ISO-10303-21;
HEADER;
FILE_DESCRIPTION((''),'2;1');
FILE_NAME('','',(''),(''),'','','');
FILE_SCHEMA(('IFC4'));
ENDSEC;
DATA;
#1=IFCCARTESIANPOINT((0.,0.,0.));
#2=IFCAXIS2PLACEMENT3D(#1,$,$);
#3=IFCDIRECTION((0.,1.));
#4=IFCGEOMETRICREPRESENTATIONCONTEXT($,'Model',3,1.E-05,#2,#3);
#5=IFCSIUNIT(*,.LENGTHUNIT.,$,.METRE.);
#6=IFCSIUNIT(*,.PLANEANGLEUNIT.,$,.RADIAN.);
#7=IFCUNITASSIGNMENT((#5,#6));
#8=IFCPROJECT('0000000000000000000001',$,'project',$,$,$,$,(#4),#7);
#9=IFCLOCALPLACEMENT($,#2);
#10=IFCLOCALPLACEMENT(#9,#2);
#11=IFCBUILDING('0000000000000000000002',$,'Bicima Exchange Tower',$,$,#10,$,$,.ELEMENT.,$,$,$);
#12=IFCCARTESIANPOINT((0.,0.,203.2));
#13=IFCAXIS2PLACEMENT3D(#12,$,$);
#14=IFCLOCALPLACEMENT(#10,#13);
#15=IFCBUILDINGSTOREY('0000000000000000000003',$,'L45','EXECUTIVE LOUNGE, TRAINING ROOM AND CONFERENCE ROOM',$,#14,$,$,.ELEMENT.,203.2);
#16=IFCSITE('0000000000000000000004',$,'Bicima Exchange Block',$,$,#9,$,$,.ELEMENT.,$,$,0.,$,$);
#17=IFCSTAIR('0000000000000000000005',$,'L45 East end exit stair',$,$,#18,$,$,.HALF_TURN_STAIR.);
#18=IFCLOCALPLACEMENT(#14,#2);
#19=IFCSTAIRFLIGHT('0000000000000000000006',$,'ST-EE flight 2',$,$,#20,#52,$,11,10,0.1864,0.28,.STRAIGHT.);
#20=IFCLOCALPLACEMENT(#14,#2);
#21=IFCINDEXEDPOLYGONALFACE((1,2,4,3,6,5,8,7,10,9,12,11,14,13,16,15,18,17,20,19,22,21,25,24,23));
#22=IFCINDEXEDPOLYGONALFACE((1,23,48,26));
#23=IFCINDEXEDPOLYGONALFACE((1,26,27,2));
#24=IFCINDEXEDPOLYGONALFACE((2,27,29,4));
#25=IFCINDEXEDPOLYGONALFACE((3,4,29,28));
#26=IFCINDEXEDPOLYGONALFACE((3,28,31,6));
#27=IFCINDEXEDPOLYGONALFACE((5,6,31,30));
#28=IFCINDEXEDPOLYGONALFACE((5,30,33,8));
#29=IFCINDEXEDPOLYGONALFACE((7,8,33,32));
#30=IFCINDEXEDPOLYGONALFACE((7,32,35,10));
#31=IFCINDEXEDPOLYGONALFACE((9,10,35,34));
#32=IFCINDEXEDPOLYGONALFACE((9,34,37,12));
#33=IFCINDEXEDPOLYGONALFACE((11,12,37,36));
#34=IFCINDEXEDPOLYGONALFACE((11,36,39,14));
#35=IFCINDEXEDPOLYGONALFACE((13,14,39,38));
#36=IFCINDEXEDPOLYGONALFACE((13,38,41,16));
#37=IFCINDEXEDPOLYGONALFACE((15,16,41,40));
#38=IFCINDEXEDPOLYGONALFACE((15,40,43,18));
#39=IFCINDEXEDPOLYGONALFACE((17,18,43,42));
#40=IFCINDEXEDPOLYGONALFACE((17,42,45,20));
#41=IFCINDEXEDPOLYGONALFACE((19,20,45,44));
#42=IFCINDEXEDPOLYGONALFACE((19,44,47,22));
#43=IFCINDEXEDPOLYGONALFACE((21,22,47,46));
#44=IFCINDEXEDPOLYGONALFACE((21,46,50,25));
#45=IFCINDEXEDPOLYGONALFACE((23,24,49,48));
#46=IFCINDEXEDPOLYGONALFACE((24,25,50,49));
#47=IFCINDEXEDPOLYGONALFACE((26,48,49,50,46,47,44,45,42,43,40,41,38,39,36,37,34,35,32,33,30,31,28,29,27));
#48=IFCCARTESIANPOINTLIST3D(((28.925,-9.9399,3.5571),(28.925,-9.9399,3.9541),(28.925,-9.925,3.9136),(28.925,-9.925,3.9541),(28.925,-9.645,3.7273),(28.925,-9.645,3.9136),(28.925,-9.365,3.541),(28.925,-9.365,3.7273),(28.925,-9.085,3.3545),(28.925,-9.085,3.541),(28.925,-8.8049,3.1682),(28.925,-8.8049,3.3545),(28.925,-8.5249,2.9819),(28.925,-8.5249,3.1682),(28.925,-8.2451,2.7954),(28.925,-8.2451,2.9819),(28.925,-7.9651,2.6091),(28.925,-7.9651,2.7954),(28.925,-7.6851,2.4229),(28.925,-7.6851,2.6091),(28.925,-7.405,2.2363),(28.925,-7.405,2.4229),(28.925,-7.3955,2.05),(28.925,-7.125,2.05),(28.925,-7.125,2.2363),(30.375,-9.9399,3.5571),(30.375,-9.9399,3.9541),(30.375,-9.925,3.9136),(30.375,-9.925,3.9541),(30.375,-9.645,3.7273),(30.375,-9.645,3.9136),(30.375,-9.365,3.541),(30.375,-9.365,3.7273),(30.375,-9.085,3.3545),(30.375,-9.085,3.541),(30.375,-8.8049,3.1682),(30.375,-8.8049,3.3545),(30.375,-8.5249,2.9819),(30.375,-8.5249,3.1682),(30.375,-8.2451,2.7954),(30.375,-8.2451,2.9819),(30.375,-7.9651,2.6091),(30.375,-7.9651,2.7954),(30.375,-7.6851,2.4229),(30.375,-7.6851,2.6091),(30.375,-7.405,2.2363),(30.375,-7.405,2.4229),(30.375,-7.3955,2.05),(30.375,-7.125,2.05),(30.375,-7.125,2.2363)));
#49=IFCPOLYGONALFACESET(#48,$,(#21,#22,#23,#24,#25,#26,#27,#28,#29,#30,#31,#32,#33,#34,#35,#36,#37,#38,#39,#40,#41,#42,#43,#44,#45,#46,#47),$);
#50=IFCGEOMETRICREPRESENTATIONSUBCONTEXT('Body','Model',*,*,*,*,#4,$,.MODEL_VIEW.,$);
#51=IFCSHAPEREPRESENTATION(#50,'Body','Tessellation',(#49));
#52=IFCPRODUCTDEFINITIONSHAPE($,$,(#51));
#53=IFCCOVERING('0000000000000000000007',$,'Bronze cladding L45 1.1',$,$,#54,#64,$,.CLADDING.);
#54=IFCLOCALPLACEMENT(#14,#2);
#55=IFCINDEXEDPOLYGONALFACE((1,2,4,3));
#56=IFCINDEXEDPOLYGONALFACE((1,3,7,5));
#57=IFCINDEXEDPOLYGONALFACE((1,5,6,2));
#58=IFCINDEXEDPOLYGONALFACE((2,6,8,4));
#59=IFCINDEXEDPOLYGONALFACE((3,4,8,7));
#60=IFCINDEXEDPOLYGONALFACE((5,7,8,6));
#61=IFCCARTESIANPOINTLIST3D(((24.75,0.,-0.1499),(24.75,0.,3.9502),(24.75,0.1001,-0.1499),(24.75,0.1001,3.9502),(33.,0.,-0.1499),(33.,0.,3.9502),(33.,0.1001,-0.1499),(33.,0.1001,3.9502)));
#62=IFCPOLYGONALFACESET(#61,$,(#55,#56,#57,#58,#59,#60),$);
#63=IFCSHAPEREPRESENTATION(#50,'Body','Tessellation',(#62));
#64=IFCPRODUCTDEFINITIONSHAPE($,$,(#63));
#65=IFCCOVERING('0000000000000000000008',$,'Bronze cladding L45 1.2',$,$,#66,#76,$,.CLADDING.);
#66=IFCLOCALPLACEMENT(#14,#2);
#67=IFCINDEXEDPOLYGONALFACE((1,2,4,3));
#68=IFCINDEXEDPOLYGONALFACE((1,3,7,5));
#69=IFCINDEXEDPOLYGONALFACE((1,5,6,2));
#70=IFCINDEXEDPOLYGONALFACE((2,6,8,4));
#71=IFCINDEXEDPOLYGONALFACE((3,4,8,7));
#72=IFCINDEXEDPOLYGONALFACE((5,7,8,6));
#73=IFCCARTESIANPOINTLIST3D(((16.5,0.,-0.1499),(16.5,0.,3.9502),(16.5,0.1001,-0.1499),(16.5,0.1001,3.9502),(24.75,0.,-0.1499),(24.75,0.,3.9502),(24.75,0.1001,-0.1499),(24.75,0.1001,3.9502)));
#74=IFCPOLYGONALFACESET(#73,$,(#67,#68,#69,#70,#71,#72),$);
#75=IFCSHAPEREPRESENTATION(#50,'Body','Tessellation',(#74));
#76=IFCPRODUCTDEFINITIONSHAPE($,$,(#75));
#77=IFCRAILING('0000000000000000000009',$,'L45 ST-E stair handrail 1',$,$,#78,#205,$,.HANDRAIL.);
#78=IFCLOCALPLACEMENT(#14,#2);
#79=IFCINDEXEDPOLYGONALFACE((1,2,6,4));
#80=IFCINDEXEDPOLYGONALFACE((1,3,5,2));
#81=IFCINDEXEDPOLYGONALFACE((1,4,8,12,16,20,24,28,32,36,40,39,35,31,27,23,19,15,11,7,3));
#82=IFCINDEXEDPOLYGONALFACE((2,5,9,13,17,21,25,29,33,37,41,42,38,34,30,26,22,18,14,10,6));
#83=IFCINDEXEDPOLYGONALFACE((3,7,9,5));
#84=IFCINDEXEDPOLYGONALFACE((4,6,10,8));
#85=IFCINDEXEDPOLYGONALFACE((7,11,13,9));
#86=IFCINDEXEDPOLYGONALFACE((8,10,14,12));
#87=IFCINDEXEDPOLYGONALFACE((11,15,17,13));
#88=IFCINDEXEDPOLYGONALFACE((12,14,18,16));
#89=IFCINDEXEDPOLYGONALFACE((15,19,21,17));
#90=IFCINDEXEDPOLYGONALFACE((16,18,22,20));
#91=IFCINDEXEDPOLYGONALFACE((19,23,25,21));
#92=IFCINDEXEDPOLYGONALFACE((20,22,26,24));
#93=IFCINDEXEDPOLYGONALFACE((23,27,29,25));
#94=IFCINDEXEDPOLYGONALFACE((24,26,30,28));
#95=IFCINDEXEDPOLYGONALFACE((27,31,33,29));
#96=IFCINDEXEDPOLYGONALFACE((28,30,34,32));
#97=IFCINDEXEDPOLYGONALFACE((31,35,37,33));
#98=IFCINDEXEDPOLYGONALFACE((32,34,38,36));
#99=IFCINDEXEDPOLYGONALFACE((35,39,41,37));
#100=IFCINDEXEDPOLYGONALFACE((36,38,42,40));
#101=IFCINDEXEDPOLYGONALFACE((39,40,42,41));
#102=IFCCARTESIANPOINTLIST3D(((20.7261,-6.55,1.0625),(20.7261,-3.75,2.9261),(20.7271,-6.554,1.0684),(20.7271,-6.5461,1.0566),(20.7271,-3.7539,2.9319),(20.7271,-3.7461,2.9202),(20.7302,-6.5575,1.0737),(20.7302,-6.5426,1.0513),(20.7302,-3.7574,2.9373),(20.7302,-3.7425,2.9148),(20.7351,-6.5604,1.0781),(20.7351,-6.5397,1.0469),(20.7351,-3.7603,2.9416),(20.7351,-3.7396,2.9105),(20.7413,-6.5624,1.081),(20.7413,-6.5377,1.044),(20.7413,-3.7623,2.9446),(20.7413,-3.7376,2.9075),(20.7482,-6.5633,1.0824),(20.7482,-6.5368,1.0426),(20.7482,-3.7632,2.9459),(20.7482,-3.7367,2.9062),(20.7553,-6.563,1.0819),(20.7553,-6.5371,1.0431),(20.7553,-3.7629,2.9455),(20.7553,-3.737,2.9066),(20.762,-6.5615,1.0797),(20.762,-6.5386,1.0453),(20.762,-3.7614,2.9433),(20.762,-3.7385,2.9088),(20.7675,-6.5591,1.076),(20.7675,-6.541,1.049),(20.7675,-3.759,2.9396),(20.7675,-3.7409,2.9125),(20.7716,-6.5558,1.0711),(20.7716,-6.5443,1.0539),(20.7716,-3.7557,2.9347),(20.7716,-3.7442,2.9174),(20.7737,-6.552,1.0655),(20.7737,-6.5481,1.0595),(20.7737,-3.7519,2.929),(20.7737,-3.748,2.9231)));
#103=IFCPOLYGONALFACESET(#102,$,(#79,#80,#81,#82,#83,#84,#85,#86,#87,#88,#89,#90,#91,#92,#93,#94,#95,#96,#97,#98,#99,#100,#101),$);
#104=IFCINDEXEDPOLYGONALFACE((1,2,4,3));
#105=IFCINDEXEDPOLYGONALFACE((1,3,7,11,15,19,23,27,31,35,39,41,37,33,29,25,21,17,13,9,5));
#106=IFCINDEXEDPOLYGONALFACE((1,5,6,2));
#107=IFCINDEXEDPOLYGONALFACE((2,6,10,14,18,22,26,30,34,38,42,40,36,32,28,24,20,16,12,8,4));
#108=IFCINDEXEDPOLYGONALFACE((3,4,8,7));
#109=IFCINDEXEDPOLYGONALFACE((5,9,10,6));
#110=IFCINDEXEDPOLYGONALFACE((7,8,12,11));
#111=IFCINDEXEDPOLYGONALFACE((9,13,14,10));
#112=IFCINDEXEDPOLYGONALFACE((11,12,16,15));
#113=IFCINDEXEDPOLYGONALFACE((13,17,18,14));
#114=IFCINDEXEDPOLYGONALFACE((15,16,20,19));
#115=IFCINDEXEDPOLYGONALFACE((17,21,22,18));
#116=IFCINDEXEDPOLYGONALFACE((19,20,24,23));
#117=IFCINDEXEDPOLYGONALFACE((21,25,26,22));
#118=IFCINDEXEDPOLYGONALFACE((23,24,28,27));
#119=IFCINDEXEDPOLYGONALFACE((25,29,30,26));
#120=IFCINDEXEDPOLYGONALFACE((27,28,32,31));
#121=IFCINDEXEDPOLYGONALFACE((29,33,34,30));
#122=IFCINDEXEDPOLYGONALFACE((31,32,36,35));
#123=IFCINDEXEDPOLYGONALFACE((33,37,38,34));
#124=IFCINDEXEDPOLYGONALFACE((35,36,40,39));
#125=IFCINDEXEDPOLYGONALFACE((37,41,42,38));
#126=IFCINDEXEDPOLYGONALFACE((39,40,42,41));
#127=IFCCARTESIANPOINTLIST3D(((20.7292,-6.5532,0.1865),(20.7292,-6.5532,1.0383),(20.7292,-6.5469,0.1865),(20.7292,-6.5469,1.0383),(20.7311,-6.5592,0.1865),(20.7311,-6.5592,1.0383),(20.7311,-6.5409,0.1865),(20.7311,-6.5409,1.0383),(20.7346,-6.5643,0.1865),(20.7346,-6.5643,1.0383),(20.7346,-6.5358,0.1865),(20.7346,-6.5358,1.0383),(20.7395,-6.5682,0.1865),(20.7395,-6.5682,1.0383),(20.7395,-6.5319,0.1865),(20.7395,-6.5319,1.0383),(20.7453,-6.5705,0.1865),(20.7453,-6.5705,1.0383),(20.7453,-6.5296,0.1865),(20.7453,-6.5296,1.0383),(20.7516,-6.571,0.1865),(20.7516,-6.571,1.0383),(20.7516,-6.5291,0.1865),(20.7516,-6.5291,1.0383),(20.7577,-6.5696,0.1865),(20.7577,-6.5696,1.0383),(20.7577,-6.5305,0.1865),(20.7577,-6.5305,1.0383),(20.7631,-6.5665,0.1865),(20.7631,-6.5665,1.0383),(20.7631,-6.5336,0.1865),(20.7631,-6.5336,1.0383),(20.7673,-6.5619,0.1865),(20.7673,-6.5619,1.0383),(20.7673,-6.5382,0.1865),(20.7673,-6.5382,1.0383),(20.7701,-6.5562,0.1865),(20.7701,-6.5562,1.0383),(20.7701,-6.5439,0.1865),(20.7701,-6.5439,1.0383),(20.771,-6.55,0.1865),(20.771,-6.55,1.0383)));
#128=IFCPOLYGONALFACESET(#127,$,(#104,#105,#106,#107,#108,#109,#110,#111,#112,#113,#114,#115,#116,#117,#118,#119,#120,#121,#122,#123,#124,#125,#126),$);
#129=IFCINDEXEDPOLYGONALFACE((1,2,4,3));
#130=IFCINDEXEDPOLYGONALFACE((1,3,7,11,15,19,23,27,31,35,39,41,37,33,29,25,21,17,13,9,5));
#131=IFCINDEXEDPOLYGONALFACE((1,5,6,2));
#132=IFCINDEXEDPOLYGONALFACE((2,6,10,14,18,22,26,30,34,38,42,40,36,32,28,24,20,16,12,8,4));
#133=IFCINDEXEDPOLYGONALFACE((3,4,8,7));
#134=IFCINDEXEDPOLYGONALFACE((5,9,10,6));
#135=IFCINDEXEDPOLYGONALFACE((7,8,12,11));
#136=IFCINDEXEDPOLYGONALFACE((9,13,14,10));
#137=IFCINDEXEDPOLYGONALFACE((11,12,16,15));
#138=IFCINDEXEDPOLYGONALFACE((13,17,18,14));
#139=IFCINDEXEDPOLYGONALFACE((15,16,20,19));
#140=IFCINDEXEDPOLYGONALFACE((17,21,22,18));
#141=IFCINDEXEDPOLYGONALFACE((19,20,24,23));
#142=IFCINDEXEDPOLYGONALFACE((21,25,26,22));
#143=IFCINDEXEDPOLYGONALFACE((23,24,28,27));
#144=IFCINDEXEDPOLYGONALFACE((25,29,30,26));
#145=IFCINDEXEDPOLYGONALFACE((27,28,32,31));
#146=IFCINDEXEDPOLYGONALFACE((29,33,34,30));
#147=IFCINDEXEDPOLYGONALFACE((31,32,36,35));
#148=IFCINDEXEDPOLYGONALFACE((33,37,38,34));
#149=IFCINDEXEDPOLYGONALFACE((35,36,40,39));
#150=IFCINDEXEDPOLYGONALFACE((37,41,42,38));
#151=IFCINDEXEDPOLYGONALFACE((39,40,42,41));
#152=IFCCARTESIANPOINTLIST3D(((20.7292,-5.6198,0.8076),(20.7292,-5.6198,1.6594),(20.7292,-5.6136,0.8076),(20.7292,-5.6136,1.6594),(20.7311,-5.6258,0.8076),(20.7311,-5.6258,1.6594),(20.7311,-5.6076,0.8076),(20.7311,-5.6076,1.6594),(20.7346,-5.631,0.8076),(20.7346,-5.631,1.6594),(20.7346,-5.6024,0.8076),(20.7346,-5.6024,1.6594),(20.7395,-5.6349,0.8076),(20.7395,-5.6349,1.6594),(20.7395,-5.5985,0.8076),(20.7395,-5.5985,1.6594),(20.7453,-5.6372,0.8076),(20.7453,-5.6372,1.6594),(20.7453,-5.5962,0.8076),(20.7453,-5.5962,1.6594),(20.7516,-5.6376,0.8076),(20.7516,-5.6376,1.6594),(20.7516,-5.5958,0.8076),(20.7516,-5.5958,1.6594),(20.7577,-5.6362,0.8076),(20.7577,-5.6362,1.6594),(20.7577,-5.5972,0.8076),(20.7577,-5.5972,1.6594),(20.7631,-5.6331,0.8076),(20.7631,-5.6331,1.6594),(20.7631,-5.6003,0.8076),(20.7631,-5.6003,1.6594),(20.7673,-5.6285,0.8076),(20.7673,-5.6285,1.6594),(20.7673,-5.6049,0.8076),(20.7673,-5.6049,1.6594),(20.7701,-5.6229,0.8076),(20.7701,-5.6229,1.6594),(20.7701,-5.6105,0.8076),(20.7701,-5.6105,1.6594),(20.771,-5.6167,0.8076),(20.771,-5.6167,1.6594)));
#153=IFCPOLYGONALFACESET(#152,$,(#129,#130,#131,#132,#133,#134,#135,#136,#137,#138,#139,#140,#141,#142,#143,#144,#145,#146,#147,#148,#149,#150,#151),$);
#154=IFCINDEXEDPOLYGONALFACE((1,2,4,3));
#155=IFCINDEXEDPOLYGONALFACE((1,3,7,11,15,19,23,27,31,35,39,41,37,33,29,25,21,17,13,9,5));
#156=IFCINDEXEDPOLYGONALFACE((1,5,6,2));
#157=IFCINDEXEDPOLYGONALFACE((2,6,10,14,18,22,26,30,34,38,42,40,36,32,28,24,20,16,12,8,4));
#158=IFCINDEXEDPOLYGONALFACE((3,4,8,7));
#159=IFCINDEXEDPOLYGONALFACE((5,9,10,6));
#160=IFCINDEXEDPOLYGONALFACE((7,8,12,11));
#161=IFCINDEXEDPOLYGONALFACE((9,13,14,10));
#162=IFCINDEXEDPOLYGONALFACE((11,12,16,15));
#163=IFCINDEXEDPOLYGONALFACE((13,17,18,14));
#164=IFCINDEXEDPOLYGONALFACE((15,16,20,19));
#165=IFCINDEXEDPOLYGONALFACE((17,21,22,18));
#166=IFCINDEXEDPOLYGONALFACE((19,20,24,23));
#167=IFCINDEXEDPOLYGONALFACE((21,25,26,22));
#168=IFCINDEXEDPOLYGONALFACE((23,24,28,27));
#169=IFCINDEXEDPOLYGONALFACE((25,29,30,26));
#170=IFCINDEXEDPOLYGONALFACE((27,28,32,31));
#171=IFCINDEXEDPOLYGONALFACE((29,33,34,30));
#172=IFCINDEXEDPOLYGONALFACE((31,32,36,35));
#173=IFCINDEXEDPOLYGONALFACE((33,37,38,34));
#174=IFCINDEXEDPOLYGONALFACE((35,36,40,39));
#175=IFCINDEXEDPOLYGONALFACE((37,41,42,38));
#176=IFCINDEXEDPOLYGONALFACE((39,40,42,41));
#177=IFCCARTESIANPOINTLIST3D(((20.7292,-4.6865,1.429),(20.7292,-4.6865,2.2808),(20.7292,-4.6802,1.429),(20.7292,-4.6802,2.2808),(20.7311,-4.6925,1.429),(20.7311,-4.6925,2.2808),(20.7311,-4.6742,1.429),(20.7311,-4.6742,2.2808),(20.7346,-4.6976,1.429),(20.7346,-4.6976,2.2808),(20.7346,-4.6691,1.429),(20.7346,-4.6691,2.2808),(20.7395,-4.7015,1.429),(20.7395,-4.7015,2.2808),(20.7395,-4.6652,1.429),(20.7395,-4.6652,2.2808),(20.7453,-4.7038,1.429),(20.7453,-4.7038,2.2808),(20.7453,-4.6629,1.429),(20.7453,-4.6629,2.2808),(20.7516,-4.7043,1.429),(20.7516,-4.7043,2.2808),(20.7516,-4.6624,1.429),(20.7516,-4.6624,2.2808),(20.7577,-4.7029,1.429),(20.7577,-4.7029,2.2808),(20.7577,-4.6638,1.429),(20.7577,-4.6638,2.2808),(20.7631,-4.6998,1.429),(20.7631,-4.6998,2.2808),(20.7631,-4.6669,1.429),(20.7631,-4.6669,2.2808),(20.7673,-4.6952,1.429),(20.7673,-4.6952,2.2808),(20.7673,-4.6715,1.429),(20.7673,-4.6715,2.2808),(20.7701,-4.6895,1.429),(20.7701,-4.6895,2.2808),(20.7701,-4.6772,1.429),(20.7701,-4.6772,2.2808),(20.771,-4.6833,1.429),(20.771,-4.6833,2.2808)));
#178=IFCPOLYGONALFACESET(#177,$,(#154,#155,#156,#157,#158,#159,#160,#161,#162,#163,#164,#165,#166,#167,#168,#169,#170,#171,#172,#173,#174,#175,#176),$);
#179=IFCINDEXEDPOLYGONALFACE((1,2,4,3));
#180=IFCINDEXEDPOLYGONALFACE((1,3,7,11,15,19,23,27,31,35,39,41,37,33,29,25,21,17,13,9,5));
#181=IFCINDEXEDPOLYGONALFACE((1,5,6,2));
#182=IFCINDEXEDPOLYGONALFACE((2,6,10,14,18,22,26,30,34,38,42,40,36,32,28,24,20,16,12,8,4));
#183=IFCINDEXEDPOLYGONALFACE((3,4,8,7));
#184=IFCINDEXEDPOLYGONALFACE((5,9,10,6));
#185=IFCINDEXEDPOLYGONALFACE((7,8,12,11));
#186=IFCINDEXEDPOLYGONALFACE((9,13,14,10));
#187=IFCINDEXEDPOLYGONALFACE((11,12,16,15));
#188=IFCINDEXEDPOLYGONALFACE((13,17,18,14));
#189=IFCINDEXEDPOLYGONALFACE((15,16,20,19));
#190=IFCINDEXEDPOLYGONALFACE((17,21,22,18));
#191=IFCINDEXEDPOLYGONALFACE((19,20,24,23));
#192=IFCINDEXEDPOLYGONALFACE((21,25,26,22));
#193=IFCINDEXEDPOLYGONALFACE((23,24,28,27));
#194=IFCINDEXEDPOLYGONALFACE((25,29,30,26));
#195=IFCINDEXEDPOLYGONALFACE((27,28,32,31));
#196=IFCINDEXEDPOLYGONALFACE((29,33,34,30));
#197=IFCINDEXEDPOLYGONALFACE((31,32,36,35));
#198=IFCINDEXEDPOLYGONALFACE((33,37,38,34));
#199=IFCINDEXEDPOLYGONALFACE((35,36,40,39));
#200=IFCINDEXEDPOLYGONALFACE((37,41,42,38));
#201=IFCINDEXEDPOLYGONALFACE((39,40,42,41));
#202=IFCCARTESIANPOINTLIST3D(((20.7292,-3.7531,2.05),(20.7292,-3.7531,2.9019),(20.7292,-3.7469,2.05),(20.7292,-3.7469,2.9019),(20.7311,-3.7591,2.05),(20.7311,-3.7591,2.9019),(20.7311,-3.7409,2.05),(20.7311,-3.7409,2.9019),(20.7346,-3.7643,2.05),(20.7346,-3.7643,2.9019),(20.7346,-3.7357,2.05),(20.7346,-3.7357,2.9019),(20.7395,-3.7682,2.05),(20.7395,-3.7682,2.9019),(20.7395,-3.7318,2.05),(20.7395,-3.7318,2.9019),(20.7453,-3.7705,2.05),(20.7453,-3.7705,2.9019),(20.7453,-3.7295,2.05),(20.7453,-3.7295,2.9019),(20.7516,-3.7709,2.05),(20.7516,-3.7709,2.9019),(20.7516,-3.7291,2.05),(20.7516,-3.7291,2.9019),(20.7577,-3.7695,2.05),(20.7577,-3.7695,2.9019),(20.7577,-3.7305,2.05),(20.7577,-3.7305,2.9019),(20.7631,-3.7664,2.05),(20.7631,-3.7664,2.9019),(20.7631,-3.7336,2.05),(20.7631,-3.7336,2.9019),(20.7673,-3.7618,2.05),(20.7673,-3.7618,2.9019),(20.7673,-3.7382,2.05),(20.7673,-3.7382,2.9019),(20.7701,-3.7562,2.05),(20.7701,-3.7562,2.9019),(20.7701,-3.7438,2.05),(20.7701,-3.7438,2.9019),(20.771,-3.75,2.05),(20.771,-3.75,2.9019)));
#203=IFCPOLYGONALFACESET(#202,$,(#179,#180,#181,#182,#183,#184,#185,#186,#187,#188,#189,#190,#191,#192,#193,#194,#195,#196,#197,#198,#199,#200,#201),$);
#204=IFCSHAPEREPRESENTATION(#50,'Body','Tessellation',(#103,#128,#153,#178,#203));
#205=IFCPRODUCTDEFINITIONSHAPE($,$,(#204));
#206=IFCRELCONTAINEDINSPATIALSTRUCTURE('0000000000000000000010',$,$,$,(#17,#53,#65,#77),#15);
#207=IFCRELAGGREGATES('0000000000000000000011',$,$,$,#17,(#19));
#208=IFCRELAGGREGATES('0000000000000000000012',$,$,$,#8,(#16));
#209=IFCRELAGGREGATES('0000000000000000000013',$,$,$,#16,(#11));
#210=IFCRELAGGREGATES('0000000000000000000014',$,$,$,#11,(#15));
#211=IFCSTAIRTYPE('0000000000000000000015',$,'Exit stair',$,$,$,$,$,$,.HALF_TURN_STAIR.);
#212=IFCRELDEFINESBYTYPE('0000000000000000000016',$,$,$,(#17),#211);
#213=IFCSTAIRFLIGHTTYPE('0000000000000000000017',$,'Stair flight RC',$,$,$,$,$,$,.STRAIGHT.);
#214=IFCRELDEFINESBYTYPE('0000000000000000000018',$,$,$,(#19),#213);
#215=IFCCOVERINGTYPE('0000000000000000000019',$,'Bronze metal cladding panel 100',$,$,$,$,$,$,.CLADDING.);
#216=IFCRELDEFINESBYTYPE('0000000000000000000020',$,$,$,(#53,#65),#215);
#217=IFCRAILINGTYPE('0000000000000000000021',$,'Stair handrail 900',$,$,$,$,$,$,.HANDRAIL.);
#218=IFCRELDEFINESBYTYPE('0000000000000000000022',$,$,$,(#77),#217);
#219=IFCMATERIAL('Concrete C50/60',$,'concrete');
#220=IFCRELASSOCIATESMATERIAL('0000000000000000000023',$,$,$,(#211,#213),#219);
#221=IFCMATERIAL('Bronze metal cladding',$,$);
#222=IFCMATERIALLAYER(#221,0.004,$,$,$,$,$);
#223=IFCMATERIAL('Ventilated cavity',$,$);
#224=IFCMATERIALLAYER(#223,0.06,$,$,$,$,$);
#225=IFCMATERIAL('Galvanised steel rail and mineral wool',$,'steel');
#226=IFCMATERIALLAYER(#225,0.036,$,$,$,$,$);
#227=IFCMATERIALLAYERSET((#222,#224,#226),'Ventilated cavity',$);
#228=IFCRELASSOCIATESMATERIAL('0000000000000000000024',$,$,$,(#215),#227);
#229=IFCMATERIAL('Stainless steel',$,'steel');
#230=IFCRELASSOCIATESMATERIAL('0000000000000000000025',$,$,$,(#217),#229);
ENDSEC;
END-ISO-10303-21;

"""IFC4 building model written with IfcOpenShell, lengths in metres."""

from ifc_helpers import new_model, si_unit, direction, frame, origin, origin_2d, place, context, subcontext, project, spatial, polyline, rectangle, circle, outline, extrude, material, layer, layer_set, type_object, element, aggregate, save


model = new_model("IFC4")

# Units and contexts
model_context = context("Model", 3, precision=1e-05, world=origin(), true_north=direction((0.0, 1.0)))
body_context = subcontext(model_context, "Body", "Model", "MODEL_VIEW")
ifc_project = project(units=[si_unit("LENGTHUNIT", "METRE"), si_unit("PLANEANGLEUNIT", "RADIAN")], contexts=[model_context])

# Site, building, storey
site_placement = place(None, origin())
site = spatial("IfcSite", under=ifc_project, at=site_placement, Name="Bicima Exchange Block", CompositionType="ELEMENT", RefElevation=0.0)
building_placement = place(site_placement, origin())
building = spatial("IfcBuilding", under=site, at=building_placement, Name="Bicima Exchange Tower", CompositionType="ELEMENT")
storey_placement = place(building_placement, frame((0.0, 0.0, 203.2)))
storey = spatial("IfcBuildingStorey", under=building, at=storey_placement, Name="L45", Description="EXECUTIVE LOUNGE, TRAINING ROOM AND CONFERENCE ROOM", CompositionType="ELEMENT", Elevation=203.2)

# Shared definitions
ifc_material_1 = material(Name="Concrete C50/60", Category="concrete")

# Stair, stair flight
stair_type = type_object("IfcStairType", Name="Exit stair", PredefinedType="HALF_TURN_STAIR", material=ifc_material_1)
stair_flight_type = type_object("IfcStairFlightType", Name="Stair flight RC", PredefinedType="STRAIGHT", material=ifc_material_1)
stair_1_placement = place(storey_placement, origin())
stair_1 = element("IfcStair", 1, at=stair_1_placement, inside=storey, type_object=stair_type, Name="L45 East end exit stair", PredefinedType="HALF_TURN_STAIR")
stair_flight_1_placement = place(storey_placement, frame((29.6499, -7.125, 2.05), z_axis=(0.0, 0.0, 1.0), x_axis=(0.0, -1.0, 0.0)))
stair_flight_1 = element("IfcStairFlight", 2, at=stair_flight_1_placement, type_object=stair_flight_type, Name="ST-EE flight 2", NumberOfRisers=11, NumberOfTreads=10, PredefinedType="STRAIGHT", RiserHeight=0.1864, TreadLength=0.28, context=body_context, shape_type="SweptSolid", body=[
    extrude(outline(polyline([(0.0, 0.0), (0.0, 0.1863), (0.28, 0.1863), (0.28, 0.3728), (0.5601, 0.3728), (0.5601, 0.5591), (0.8401, 0.5591), (0.8401, 0.7454), (1.1201, 0.7454), (1.1201, 0.9319), (1.3999, 0.9319), (1.3999, 1.1182), (1.6799, 1.1182), (1.6799, 1.3044), (1.96, 1.3044), (1.96, 1.491), (2.24, 1.491), (2.24, 1.6772), (2.52, 1.6772), (2.52, 1.8635), (2.8, 1.8635), (2.8, 1.9041), (2.8149, 1.9041), (2.8149, 1.5071), (0.2705, 0.0), (0.0, 0.0)])), frame((0.0, 0.7251, 0.0), z_axis=(0.0, -1.0, 0.0), x_axis=(1.0, 0.0, 0.0)), (0.0, 0.0, 1.0), 1.45),
])
aggregate(stair_1, [stair_flight_1])

# Coverings
ifc_material_2 = material(Name="Bronze metal cladding")
ifc_layer_1 = layer(ifc_material_2, 0.004)
ifc_material_3 = material(Name="Ventilated cavity")
ifc_layer_2 = layer(ifc_material_3, 0.06)
ifc_material_4 = material(Name="Galvanised steel rail and mineral wool", Category="steel")
ifc_layer_3 = layer(ifc_material_4, 0.036)
ifc_layer_set_1 = layer_set([ifc_layer_1, ifc_layer_2, ifc_layer_3], Name="Ventilated cavity")
covering_type = type_object("IfcCoveringType", Name="Bronze metal cladding panel 100", PredefinedType="CLADDING", material=ifc_layer_set_1)
for number, where, z_axis, x_axis, name in (
    (3, (28.875, 0.05, -0.1499), (0.0, 0.0, 1.0), (-1.0, 0.0, 0.0), "Bronze cladding L45 1.1"),
    (4, (20.625, 0.05, -0.1499), (0.0, 0.0, 1.0), (-1.0, 0.0, 0.0), "Bronze cladding L45 1.2"),
):
    element("IfcCovering", number, at=place(storey_placement, frame(where, z_axis=z_axis, x_axis=x_axis)), inside=storey, type_object=covering_type, Name=name, PredefinedType="CLADDING", context=body_context, shape_type="SweptSolid", body=[
        extrude(rectangle(XDim=8.25, YDim=0.1001, at=origin_2d()), origin(), (0.0, 0.0, 1.0), 4.1001),
    ])

# Railing
ifc_material_5 = material(Name="Stainless steel", Category="steel")
railing_type_1 = type_object("IfcRailingType", Name="Stair handrail 900", PredefinedType="HANDRAIL", material=ifc_material_5)
railing_1_placement = place(storey_placement, frame((20.75, -6.55, 0.1865)))
element("IfcRailing", 5, at=railing_1_placement, inside=storey, type_object=railing_type_1, Name="L45 ST-E stair handrail 1", PredefinedType="HANDRAIL", context=body_context, shape_type="SweptSolid", body=[
    extrude(circle(Radius=0.0239, at=origin_2d()), frame((0.0, 0.0, 0.876), z_axis=(0.0, 0.832486, 0.554047), x_axis=(-1.0, 0.0, 0.0)), (0.0, 0.0, 1.0), 3.3635),
    extrude(circle(Radius=0.021, at=origin_2d()), origin(), (0.0, 0.0, 1.0), 0.8518),
    extrude(circle(Radius=0.021, at=origin_2d()), frame((0.0, 0.9333, 0.6211)), (0.0, 0.0, 1.0), 0.8518),
    extrude(circle(Radius=0.021, at=origin_2d()), frame((0.0, 1.8667, 1.2424)), (0.0, 0.0, 1.0), 0.8518),
    extrude(circle(Radius=0.021, at=origin_2d()), frame((0.0, 2.8, 1.8635)), (0.0, 0.0, 1.0), 0.8518),
])

save(model, "model.ifc")
